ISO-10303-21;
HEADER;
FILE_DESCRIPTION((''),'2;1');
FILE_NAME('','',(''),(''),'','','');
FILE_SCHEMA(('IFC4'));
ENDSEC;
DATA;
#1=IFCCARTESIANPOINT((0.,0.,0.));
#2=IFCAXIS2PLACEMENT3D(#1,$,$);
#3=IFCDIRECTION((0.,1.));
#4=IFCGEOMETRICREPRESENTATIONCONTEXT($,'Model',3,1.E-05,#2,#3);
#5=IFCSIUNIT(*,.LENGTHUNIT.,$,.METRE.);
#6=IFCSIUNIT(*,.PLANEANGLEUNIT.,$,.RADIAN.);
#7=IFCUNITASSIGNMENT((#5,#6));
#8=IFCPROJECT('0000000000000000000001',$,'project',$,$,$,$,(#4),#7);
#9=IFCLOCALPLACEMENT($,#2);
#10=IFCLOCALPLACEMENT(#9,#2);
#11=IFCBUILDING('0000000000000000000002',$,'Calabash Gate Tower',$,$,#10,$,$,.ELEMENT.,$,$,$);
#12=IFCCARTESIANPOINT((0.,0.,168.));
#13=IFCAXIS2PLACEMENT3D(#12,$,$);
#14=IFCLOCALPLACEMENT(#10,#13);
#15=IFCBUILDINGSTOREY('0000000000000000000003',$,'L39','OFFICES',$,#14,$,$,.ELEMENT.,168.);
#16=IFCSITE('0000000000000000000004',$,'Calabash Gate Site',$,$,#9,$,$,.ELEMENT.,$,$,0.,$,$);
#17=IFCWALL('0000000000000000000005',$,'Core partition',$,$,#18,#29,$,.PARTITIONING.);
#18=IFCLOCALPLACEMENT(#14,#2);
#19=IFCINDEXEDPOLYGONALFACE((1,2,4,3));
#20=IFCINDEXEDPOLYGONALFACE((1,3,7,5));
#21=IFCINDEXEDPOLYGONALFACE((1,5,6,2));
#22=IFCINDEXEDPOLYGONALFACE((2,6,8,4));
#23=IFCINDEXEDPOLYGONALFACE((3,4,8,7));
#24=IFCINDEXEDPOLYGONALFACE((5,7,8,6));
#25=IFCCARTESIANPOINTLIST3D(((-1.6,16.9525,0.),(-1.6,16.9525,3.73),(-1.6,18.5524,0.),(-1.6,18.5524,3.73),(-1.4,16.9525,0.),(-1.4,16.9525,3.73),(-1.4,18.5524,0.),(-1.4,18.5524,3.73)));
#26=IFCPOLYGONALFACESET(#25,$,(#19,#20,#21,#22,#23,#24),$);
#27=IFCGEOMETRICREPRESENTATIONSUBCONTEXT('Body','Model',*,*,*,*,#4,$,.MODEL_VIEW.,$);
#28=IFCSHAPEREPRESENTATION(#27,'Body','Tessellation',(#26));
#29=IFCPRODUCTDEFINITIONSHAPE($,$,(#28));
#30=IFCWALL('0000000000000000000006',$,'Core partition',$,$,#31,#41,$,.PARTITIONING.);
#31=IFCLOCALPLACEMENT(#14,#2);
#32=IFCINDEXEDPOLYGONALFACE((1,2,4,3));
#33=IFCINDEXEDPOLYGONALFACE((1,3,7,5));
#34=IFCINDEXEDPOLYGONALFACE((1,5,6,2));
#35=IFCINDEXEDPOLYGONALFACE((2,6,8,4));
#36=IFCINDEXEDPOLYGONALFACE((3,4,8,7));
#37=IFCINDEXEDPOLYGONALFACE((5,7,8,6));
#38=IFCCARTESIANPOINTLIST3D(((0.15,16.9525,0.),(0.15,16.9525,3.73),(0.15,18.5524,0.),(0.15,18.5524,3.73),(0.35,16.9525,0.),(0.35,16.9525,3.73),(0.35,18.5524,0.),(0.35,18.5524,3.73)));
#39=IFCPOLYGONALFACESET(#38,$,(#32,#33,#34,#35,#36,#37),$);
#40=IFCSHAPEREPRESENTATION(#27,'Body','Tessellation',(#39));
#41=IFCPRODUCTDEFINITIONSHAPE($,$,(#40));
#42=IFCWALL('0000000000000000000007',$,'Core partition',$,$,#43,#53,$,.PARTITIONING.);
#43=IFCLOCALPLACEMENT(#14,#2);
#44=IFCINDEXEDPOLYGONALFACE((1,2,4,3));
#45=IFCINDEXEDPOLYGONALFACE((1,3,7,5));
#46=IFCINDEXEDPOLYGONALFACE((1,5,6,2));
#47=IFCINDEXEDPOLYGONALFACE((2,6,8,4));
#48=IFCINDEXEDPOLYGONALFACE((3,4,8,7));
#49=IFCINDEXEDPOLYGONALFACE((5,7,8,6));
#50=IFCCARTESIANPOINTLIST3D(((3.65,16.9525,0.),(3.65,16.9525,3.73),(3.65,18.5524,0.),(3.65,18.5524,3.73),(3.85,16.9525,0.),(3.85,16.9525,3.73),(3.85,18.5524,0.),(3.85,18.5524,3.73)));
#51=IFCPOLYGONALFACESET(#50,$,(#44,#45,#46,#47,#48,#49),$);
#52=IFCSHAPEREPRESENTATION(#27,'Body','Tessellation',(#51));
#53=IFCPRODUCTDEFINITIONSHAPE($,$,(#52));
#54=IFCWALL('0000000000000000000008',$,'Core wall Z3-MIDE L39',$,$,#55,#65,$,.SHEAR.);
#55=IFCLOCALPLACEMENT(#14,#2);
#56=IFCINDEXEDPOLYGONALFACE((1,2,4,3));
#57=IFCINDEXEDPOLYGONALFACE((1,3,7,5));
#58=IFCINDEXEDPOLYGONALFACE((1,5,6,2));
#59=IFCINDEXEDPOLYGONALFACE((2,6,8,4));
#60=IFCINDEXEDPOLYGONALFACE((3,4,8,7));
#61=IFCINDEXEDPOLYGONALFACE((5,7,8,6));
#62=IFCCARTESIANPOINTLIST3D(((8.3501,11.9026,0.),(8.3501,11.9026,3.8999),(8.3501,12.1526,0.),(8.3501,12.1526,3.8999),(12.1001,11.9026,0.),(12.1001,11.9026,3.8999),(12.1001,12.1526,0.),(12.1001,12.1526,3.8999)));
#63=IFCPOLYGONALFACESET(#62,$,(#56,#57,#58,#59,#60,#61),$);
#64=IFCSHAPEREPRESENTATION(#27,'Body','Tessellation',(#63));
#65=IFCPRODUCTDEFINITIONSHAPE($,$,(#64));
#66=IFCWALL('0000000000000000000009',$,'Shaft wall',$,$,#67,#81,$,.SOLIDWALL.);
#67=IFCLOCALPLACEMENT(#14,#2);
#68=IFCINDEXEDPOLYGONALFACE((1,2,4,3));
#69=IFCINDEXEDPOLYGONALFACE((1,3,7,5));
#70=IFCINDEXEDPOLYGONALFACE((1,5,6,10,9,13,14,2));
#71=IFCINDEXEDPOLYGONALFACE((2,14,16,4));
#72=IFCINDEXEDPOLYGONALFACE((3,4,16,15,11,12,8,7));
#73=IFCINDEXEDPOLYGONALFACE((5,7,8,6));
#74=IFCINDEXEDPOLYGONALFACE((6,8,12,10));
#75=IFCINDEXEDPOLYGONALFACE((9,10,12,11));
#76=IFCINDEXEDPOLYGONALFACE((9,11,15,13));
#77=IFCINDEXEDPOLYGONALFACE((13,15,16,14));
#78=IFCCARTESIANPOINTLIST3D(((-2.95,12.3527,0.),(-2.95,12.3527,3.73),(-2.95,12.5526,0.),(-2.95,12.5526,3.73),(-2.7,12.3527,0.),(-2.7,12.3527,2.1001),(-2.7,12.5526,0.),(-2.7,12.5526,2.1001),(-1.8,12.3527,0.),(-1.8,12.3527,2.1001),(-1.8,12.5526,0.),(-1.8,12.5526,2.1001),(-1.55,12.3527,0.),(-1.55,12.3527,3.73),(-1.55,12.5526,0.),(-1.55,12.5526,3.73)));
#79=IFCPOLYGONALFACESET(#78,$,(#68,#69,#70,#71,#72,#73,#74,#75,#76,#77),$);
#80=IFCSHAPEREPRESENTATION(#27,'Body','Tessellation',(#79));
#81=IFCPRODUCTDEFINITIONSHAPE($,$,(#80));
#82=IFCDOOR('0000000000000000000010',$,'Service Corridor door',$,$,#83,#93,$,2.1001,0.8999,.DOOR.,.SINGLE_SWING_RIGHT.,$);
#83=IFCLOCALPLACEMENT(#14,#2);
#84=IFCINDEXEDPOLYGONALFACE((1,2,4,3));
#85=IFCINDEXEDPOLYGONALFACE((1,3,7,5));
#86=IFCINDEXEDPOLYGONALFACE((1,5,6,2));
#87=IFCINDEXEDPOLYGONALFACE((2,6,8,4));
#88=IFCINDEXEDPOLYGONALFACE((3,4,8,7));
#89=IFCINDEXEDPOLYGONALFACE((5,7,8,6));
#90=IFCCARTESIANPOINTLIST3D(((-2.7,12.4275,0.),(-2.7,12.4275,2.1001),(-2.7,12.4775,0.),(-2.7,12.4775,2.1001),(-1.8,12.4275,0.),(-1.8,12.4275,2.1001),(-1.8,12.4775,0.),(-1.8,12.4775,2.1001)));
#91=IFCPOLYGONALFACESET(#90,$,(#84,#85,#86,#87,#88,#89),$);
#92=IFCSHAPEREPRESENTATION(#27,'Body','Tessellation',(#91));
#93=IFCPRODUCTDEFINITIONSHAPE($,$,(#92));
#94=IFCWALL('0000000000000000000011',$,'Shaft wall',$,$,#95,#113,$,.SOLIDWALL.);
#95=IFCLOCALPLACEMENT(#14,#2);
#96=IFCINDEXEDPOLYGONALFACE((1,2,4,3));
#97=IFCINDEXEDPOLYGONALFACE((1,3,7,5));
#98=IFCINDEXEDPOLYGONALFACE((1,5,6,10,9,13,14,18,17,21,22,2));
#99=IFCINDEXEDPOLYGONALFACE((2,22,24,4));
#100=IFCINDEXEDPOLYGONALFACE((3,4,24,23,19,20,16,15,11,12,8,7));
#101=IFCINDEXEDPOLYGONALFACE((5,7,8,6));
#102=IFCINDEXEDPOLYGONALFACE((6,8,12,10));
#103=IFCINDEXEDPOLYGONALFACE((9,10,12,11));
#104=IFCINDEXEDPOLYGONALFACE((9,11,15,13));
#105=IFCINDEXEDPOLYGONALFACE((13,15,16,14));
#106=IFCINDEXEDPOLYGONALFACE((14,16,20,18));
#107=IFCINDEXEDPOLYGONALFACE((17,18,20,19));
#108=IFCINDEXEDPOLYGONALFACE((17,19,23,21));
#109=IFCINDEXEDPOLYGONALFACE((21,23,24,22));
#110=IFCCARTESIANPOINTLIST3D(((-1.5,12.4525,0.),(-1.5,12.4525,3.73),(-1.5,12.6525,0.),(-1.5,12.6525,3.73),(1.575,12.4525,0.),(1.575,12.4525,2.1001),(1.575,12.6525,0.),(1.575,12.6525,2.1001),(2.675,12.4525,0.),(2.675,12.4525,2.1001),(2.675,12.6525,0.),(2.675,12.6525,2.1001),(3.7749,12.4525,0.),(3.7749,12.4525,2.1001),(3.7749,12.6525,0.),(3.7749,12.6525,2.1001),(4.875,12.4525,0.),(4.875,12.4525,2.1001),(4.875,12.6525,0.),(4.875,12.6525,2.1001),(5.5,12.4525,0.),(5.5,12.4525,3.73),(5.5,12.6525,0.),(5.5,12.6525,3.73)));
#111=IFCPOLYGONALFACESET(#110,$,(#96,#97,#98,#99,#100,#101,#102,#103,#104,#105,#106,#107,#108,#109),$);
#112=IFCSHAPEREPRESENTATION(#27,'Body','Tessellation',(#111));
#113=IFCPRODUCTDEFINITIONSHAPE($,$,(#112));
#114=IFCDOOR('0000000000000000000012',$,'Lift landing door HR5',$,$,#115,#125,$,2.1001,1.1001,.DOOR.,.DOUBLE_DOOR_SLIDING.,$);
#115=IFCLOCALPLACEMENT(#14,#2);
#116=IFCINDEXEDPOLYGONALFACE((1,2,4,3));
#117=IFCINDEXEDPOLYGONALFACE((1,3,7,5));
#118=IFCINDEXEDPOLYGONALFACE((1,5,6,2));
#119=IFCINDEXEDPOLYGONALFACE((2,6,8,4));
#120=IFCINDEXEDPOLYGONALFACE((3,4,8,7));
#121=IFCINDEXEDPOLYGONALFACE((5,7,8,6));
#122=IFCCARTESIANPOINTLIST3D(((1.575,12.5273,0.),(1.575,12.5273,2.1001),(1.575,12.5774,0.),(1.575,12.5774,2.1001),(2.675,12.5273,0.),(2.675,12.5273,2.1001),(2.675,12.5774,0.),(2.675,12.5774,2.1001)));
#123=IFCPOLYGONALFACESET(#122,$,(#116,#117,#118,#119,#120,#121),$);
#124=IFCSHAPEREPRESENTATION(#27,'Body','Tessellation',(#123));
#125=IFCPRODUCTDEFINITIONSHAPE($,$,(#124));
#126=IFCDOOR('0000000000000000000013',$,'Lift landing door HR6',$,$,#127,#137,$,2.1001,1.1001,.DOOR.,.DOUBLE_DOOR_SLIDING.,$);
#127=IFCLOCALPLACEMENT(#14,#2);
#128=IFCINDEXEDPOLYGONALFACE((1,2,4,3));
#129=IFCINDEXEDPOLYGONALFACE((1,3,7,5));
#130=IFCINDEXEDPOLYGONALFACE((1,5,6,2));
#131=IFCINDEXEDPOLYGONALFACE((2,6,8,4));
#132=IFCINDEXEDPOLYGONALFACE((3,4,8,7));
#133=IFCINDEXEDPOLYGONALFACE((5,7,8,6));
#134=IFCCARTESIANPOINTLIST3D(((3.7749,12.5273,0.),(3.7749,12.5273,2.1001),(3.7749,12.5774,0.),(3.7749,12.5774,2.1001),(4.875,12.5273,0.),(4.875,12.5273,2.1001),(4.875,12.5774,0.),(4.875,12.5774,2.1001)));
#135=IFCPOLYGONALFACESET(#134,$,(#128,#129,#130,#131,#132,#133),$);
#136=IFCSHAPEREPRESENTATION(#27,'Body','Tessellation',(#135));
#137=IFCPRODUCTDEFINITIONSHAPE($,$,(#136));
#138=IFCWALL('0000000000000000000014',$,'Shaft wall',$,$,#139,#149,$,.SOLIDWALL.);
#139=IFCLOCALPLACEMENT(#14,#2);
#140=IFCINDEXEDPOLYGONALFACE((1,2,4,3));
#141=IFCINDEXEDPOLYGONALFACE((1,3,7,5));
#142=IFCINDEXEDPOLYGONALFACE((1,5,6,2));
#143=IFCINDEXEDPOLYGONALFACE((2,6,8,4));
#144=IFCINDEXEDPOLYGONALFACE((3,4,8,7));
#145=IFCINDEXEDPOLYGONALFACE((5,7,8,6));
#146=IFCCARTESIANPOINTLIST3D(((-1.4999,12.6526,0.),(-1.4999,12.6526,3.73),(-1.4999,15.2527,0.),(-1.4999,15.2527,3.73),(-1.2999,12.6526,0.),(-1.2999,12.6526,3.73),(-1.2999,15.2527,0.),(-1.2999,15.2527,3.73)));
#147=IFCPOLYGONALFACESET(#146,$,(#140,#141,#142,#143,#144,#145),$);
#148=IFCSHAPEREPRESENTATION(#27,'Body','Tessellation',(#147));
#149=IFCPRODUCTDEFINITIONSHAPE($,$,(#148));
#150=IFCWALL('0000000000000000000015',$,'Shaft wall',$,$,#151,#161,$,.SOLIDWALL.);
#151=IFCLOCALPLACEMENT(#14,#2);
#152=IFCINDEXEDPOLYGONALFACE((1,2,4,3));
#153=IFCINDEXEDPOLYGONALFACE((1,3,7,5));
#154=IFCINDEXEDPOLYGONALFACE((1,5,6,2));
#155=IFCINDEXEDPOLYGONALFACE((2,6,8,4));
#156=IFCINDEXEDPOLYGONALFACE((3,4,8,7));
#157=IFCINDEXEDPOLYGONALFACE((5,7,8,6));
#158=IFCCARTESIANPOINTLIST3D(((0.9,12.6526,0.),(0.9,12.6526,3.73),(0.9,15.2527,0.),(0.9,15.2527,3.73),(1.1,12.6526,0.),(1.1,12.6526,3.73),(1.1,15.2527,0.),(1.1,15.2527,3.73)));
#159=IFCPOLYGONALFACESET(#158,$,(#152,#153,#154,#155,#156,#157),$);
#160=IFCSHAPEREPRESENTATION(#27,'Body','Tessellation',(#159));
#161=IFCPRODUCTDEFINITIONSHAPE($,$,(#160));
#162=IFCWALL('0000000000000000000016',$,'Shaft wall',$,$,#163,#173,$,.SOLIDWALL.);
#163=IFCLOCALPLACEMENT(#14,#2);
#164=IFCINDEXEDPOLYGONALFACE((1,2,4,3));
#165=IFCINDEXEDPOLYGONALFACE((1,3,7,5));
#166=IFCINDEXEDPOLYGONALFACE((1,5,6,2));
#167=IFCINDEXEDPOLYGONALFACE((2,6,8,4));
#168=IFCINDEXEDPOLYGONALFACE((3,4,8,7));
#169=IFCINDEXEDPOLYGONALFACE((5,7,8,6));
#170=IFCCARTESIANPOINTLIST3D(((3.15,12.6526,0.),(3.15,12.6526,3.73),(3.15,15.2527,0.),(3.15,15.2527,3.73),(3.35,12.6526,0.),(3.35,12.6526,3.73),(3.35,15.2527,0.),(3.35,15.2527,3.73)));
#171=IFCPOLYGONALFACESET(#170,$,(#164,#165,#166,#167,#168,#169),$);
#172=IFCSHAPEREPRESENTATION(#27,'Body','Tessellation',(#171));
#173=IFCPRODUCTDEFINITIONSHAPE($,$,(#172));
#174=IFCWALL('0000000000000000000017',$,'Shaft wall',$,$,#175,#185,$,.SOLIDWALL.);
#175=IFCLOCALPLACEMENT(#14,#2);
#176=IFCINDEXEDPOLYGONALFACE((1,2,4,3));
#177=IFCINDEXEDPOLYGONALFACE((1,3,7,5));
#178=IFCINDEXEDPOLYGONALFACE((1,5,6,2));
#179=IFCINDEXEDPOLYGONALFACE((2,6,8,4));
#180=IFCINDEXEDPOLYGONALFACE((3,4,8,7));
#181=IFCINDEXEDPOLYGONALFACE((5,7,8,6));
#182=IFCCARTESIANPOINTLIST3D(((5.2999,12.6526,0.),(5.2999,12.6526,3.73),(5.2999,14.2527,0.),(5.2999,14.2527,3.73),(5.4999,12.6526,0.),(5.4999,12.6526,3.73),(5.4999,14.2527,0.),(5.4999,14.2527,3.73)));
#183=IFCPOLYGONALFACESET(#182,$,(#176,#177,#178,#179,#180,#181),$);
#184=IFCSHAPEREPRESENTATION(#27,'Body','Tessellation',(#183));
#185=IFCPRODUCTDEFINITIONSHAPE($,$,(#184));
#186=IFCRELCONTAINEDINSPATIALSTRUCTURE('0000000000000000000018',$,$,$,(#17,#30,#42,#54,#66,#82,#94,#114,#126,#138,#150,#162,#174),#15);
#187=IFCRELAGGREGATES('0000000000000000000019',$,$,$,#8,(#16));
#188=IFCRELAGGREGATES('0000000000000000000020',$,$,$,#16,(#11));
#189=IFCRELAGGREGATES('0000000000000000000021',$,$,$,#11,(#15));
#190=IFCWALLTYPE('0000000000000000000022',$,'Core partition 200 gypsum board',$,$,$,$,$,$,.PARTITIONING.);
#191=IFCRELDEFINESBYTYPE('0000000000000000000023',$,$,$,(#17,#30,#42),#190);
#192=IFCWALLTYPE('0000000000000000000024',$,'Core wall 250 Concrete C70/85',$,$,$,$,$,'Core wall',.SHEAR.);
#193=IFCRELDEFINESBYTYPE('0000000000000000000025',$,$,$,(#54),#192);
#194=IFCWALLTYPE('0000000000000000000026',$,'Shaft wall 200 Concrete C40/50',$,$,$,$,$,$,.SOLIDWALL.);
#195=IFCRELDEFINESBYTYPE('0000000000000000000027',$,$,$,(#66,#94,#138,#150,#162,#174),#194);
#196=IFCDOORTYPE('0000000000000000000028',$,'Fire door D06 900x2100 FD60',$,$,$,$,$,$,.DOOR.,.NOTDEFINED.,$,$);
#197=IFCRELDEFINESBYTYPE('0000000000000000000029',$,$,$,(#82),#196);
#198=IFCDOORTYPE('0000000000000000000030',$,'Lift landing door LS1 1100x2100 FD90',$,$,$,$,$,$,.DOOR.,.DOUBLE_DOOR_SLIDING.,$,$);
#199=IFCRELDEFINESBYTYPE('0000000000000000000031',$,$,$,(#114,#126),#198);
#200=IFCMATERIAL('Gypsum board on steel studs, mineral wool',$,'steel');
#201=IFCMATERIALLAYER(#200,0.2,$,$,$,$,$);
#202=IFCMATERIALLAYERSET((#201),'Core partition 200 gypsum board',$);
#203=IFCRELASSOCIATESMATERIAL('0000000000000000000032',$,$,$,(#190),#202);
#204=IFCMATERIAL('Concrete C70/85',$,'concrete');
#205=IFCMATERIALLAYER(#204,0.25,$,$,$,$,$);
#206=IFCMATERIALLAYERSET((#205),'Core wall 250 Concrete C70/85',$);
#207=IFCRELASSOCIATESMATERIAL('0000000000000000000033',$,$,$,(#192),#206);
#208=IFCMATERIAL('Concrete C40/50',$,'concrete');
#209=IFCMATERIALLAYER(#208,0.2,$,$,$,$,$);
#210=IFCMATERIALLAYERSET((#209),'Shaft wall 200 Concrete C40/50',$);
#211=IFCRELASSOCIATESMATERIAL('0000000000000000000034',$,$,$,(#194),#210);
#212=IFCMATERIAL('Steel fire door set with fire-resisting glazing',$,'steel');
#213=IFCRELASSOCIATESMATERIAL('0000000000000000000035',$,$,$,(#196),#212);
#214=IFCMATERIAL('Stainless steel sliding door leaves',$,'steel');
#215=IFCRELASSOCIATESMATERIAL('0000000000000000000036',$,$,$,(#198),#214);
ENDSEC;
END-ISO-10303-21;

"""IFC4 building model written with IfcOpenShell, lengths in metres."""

from ifc_helpers import new_model, si_unit, direction, frame, frame_2d, origin, place, context, subcontext, project, spatial, rectangle, extrude, material, layer, layer_set, type_object, element, fill, save


model = new_model("IFC4")

# Units and contexts
model_context = context("Model", 3, precision=1e-05, world=origin(), true_north=direction((0.0, 1.0)))
body_context = subcontext(model_context, "Body", "Model", "MODEL_VIEW")
ifc_project = project(units=[si_unit("LENGTHUNIT", "METRE"), si_unit("PLANEANGLEUNIT", "RADIAN")], contexts=[model_context])

# Site, building, storey
site_placement = place(None, origin())
site = spatial("IfcSite", under=ifc_project, at=site_placement, Name="Calabash Gate Site", CompositionType="ELEMENT", RefElevation=0.0)
building_placement = place(site_placement, origin())
building = spatial("IfcBuilding", under=site, at=building_placement, Name="Calabash Gate Tower", CompositionType="ELEMENT")
storey_placement = place(building_placement, frame((0.0, 0.0, 168.0)))
storey = spatial("IfcBuildingStorey", under=building, at=storey_placement, Name="L39", Description="OFFICES", CompositionType="ELEMENT", Elevation=168.0)

# Walls
ifc_material_1 = material(Name="Gypsum board on steel studs, mineral wool", Category="steel")
ifc_layer_1 = layer(ifc_material_1, 0.2)
ifc_layer_set_1 = layer_set([ifc_layer_1], Name="Core partition 200 gypsum board")
wall_type_1 = type_object("IfcWallType", Name="Core partition 200 gypsum board", PredefinedType="PARTITIONING", material=ifc_layer_set_1)
for number, where, z_axis, x_axis, name in (
    (1, (-1.5, 16.9526, 0.0), (0.0, 0.0, 1.0), (0.0, 1.0, 0.0), "Core partition"),
    (2, (0.25, 16.9526, 0.0), (0.0, 0.0, 1.0), (0.0, 1.0, 0.0), "Core partition"),
    (3, (3.75, 16.9526, 0.0), (0.0, 0.0, 1.0), (0.0, 1.0, 0.0), "Core partition"),
):
    element("IfcWall", number, at=place(storey_placement, frame(where, z_axis=z_axis, x_axis=x_axis)), inside=storey, type_object=wall_type_1, Name=name, PredefinedType="PARTITIONING", context=body_context, shape_type="SweptSolid", body=[
        extrude(rectangle(XDim=1.5999, YDim=0.2, at=frame_2d((0.7998, 0.0))), origin(), (0.0, 0.0, 1.0), 3.73),
    ])
ifc_material_2 = material(Name="Concrete C70/85", Category="concrete")
ifc_layer_2 = layer(ifc_material_2, 0.25)
ifc_layer_set_2 = layer_set([ifc_layer_2], Name="Core wall 250 Concrete C70/85")
wall_type_2 = type_object("IfcWallType", Name="Core wall 250 Concrete C70/85", ElementType="Core wall", PredefinedType="SHEAR", material=ifc_layer_set_2)
wall_1_placement = place(storey_placement, frame((8.3501, 12.0276, 0.0), z_axis=(0.0, 0.0, 1.0), x_axis=(1.0, 0.0, 0.0)))
element("IfcWall", 4, at=wall_1_placement, inside=storey, type_object=wall_type_2, Name="Core wall Z3-MIDE L39", PredefinedType="SHEAR", context=body_context, shape_type="SweptSolid", body=[
    extrude(rectangle(XDim=3.75, YDim=0.25, at=frame_2d((1.875, 0.0))), origin(), (0.0, 0.0, 1.0), 3.8999),
])

# Wall, opening, door
ifc_material_3 = material(Name="Concrete C40/50", Category="concrete")
ifc_layer_3 = layer(ifc_material_3, 0.2)
ifc_layer_set_3 = layer_set([ifc_layer_3], Name="Shaft wall 200 Concrete C40/50")
wall_type_3 = type_object("IfcWallType", Name="Shaft wall 200 Concrete C40/50", PredefinedType="SOLIDWALL", material=ifc_layer_set_3)
wall_2_placement = place(storey_placement, frame((-2.95, 12.4526, 0.0), z_axis=(0.0, 0.0, 1.0), x_axis=(1.0, 0.0, 0.0)))
wall_2 = element("IfcWall", 5, at=wall_2_placement, inside=storey, type_object=wall_type_3, Name="Shaft wall", PredefinedType="SOLIDWALL", context=body_context, shape_type="SweptSolid", body=[
    extrude(rectangle(XDim=1.3999, YDim=0.2, at=frame_2d((0.7, 0.0))), origin(), (0.0, 0.0, 1.0), 3.73),
])
opening_1_placement = place(wall_2_placement, frame((0.25, 0.0, 0.0)))
opening_1 = element("IfcOpeningElement", 6, at=opening_1_placement, cuts=wall_2, PredefinedType="OPENING", context=body_context, shape_type="SweptSolid", body=[
    extrude(rectangle(XDim=0.8999, YDim=2.1001, at=frame_2d((0.45, 1.05))), frame((0.0, 0.1099, 0.0), z_axis=(0.0, -1.0, 0.0), x_axis=(1.0, 0.0, 0.0)), (0.0, 0.0, 1.0), 0.22),
])
ifc_material_4 = material(Name="Steel fire door set with fire-resisting glazing", Category="steel")
door_type_1 = type_object("IfcDoorType", Name="Fire door D06 900x2100 FD60", OperationType="NOTDEFINED", PredefinedType="DOOR", material=ifc_material_4)
door_1_placement = place(opening_1_placement, origin())
door_1 = element("IfcDoor", 7, at=door_1_placement, inside=storey, type_object=door_type_1, Name="Service Corridor door", OperationType="SINGLE_SWING_RIGHT", OverallHeight=2.1001, OverallWidth=0.8999, PredefinedType="DOOR", context=body_context, shape_type="SweptSolid", body=[
    extrude(rectangle(XDim=0.8999, YDim=2.1001, at=frame_2d((0.45, 1.05))), frame((0.0, 0.0249, 0.0), z_axis=(0.0, -1.0, 0.0), x_axis=(1.0, 0.0, 0.0)), (0.0, 0.0, 1.0), 0.05),
])
fill(opening_1, door_1)

# Wall, openings, doors
wall_3_placement = place(storey_placement, frame((-1.5, 12.5525, 0.0), z_axis=(0.0, 0.0, 1.0), x_axis=(1.0, 0.0, 0.0)))
wall_3 = element("IfcWall", 8, at=wall_3_placement, inside=storey, type_object=wall_type_3, Name="Shaft wall", PredefinedType="SOLIDWALL", context=body_context, shape_type="SweptSolid", body=[
    extrude(rectangle(XDim=7.0, YDim=0.2, at=frame_2d((3.5, 0.0))), origin(), (0.0, 0.0, 1.0), 3.73),
])
opening_2_placement = place(wall_3_placement, frame((3.075, 0.0, 0.0)))
opening_2 = element("IfcOpeningElement", 9, at=opening_2_placement, cuts=wall_3, PredefinedType="OPENING", context=body_context, shape_type="SweptSolid", body=[
    extrude(rectangle(XDim=1.1001, YDim=2.1001, at=frame_2d((0.55, 1.05))), frame((0.0, 0.1099, 0.0), z_axis=(0.0, -1.0, 0.0), x_axis=(1.0, 0.0, 0.0)), (0.0, 0.0, 1.0), 0.22),
])
opening_3_placement = place(wall_3_placement, frame((5.2749, 0.0, 0.0)))
opening_3 = element("IfcOpeningElement", 10, at=opening_3_placement, cuts=wall_3, PredefinedType="OPENING", context=body_context, shape_type="SweptSolid", body=[
    extrude(rectangle(XDim=1.1001, YDim=2.1001, at=frame_2d((0.55, 1.05))), frame((0.0, 0.1099, 0.0), z_axis=(0.0, -1.0, 0.0), x_axis=(1.0, 0.0, 0.0)), (0.0, 0.0, 1.0), 0.22),
])
ifc_material_5 = material(Name="Stainless steel sliding door leaves", Category="steel")
door_type_2 = type_object("IfcDoorType", Name="Lift landing door LS1 1100x2100 FD90", OperationType="DOUBLE_DOOR_SLIDING", PredefinedType="DOOR", material=ifc_material_5)
door_2_placement = place(opening_2_placement, origin())
door_2 = element("IfcDoor", 11, at=door_2_placement, inside=storey, type_object=door_type_2, Name="Lift landing door HR5", OperationType="DOUBLE_DOOR_SLIDING", OverallHeight=2.1001, OverallWidth=1.1001, PredefinedType="DOOR", context=body_context, shape_type="SweptSolid", body=[
    extrude(rectangle(XDim=1.1001, YDim=2.1001, at=frame_2d((0.55, 1.05))), frame((0.0, 0.0249, 0.0), z_axis=(0.0, -1.0, 0.0), x_axis=(1.0, 0.0, 0.0)), (0.0, 0.0, 1.0), 0.05),
])
fill(opening_2, door_2)
door_3_placement = place(opening_3_placement, origin())
door_3 = element("IfcDoor", 12, at=door_3_placement, inside=storey, type_object=door_type_2, Name="Lift landing door HR6", OperationType="DOUBLE_DOOR_SLIDING", OverallHeight=2.1001, OverallWidth=1.1001, PredefinedType="DOOR", context=body_context, shape_type="SweptSolid", body=[
    extrude(rectangle(XDim=1.1001, YDim=2.1001, at=frame_2d((0.55, 1.05))), frame((0.0, 0.0249, 0.0), z_axis=(0.0, -1.0, 0.0), x_axis=(1.0, 0.0, 0.0)), (0.0, 0.0, 1.0), 0.05),
])
fill(opening_3, door_3)

# Walls
for number, where, z_axis, x_axis, name in (
    (13, (-1.3999, 12.6526, 0.0), (0.0, 0.0, 1.0), (0.0, 1.0, 0.0), "Shaft wall"),
    (14, (1.0, 12.6526, 0.0), (0.0, 0.0, 1.0), (0.0, 1.0, 0.0), "Shaft wall"),
    (15, (3.25, 12.6526, 0.0), (0.0, 0.0, 1.0), (0.0, 1.0, 0.0), "Shaft wall"),
):
    element("IfcWall", number, at=place(storey_placement, frame(where, z_axis=z_axis, x_axis=x_axis)), inside=storey, type_object=wall_type_3, Name=name, PredefinedType="SOLIDWALL", context=body_context, shape_type="SweptSolid", body=[
        extrude(rectangle(XDim=2.6001, YDim=0.2, at=frame_2d((1.3, 0.0))), origin(), (0.0, 0.0, 1.0), 3.73),
    ])
wall_4_placement = place(storey_placement, frame((5.3999, 12.6526, 0.0), z_axis=(0.0, 0.0, 1.0), x_axis=(0.0, 1.0, 0.0)))
element("IfcWall", 16, at=wall_4_placement, inside=storey, type_object=wall_type_3, Name="Shaft wall", PredefinedType="SOLIDWALL", context=body_context, shape_type="SweptSolid", body=[
    extrude(rectangle(XDim=1.6001, YDim=0.2, at=frame_2d((0.8, 0.0))), origin(), (0.0, 0.0, 1.0), 3.73),
])

save(model, "model.ifc")
